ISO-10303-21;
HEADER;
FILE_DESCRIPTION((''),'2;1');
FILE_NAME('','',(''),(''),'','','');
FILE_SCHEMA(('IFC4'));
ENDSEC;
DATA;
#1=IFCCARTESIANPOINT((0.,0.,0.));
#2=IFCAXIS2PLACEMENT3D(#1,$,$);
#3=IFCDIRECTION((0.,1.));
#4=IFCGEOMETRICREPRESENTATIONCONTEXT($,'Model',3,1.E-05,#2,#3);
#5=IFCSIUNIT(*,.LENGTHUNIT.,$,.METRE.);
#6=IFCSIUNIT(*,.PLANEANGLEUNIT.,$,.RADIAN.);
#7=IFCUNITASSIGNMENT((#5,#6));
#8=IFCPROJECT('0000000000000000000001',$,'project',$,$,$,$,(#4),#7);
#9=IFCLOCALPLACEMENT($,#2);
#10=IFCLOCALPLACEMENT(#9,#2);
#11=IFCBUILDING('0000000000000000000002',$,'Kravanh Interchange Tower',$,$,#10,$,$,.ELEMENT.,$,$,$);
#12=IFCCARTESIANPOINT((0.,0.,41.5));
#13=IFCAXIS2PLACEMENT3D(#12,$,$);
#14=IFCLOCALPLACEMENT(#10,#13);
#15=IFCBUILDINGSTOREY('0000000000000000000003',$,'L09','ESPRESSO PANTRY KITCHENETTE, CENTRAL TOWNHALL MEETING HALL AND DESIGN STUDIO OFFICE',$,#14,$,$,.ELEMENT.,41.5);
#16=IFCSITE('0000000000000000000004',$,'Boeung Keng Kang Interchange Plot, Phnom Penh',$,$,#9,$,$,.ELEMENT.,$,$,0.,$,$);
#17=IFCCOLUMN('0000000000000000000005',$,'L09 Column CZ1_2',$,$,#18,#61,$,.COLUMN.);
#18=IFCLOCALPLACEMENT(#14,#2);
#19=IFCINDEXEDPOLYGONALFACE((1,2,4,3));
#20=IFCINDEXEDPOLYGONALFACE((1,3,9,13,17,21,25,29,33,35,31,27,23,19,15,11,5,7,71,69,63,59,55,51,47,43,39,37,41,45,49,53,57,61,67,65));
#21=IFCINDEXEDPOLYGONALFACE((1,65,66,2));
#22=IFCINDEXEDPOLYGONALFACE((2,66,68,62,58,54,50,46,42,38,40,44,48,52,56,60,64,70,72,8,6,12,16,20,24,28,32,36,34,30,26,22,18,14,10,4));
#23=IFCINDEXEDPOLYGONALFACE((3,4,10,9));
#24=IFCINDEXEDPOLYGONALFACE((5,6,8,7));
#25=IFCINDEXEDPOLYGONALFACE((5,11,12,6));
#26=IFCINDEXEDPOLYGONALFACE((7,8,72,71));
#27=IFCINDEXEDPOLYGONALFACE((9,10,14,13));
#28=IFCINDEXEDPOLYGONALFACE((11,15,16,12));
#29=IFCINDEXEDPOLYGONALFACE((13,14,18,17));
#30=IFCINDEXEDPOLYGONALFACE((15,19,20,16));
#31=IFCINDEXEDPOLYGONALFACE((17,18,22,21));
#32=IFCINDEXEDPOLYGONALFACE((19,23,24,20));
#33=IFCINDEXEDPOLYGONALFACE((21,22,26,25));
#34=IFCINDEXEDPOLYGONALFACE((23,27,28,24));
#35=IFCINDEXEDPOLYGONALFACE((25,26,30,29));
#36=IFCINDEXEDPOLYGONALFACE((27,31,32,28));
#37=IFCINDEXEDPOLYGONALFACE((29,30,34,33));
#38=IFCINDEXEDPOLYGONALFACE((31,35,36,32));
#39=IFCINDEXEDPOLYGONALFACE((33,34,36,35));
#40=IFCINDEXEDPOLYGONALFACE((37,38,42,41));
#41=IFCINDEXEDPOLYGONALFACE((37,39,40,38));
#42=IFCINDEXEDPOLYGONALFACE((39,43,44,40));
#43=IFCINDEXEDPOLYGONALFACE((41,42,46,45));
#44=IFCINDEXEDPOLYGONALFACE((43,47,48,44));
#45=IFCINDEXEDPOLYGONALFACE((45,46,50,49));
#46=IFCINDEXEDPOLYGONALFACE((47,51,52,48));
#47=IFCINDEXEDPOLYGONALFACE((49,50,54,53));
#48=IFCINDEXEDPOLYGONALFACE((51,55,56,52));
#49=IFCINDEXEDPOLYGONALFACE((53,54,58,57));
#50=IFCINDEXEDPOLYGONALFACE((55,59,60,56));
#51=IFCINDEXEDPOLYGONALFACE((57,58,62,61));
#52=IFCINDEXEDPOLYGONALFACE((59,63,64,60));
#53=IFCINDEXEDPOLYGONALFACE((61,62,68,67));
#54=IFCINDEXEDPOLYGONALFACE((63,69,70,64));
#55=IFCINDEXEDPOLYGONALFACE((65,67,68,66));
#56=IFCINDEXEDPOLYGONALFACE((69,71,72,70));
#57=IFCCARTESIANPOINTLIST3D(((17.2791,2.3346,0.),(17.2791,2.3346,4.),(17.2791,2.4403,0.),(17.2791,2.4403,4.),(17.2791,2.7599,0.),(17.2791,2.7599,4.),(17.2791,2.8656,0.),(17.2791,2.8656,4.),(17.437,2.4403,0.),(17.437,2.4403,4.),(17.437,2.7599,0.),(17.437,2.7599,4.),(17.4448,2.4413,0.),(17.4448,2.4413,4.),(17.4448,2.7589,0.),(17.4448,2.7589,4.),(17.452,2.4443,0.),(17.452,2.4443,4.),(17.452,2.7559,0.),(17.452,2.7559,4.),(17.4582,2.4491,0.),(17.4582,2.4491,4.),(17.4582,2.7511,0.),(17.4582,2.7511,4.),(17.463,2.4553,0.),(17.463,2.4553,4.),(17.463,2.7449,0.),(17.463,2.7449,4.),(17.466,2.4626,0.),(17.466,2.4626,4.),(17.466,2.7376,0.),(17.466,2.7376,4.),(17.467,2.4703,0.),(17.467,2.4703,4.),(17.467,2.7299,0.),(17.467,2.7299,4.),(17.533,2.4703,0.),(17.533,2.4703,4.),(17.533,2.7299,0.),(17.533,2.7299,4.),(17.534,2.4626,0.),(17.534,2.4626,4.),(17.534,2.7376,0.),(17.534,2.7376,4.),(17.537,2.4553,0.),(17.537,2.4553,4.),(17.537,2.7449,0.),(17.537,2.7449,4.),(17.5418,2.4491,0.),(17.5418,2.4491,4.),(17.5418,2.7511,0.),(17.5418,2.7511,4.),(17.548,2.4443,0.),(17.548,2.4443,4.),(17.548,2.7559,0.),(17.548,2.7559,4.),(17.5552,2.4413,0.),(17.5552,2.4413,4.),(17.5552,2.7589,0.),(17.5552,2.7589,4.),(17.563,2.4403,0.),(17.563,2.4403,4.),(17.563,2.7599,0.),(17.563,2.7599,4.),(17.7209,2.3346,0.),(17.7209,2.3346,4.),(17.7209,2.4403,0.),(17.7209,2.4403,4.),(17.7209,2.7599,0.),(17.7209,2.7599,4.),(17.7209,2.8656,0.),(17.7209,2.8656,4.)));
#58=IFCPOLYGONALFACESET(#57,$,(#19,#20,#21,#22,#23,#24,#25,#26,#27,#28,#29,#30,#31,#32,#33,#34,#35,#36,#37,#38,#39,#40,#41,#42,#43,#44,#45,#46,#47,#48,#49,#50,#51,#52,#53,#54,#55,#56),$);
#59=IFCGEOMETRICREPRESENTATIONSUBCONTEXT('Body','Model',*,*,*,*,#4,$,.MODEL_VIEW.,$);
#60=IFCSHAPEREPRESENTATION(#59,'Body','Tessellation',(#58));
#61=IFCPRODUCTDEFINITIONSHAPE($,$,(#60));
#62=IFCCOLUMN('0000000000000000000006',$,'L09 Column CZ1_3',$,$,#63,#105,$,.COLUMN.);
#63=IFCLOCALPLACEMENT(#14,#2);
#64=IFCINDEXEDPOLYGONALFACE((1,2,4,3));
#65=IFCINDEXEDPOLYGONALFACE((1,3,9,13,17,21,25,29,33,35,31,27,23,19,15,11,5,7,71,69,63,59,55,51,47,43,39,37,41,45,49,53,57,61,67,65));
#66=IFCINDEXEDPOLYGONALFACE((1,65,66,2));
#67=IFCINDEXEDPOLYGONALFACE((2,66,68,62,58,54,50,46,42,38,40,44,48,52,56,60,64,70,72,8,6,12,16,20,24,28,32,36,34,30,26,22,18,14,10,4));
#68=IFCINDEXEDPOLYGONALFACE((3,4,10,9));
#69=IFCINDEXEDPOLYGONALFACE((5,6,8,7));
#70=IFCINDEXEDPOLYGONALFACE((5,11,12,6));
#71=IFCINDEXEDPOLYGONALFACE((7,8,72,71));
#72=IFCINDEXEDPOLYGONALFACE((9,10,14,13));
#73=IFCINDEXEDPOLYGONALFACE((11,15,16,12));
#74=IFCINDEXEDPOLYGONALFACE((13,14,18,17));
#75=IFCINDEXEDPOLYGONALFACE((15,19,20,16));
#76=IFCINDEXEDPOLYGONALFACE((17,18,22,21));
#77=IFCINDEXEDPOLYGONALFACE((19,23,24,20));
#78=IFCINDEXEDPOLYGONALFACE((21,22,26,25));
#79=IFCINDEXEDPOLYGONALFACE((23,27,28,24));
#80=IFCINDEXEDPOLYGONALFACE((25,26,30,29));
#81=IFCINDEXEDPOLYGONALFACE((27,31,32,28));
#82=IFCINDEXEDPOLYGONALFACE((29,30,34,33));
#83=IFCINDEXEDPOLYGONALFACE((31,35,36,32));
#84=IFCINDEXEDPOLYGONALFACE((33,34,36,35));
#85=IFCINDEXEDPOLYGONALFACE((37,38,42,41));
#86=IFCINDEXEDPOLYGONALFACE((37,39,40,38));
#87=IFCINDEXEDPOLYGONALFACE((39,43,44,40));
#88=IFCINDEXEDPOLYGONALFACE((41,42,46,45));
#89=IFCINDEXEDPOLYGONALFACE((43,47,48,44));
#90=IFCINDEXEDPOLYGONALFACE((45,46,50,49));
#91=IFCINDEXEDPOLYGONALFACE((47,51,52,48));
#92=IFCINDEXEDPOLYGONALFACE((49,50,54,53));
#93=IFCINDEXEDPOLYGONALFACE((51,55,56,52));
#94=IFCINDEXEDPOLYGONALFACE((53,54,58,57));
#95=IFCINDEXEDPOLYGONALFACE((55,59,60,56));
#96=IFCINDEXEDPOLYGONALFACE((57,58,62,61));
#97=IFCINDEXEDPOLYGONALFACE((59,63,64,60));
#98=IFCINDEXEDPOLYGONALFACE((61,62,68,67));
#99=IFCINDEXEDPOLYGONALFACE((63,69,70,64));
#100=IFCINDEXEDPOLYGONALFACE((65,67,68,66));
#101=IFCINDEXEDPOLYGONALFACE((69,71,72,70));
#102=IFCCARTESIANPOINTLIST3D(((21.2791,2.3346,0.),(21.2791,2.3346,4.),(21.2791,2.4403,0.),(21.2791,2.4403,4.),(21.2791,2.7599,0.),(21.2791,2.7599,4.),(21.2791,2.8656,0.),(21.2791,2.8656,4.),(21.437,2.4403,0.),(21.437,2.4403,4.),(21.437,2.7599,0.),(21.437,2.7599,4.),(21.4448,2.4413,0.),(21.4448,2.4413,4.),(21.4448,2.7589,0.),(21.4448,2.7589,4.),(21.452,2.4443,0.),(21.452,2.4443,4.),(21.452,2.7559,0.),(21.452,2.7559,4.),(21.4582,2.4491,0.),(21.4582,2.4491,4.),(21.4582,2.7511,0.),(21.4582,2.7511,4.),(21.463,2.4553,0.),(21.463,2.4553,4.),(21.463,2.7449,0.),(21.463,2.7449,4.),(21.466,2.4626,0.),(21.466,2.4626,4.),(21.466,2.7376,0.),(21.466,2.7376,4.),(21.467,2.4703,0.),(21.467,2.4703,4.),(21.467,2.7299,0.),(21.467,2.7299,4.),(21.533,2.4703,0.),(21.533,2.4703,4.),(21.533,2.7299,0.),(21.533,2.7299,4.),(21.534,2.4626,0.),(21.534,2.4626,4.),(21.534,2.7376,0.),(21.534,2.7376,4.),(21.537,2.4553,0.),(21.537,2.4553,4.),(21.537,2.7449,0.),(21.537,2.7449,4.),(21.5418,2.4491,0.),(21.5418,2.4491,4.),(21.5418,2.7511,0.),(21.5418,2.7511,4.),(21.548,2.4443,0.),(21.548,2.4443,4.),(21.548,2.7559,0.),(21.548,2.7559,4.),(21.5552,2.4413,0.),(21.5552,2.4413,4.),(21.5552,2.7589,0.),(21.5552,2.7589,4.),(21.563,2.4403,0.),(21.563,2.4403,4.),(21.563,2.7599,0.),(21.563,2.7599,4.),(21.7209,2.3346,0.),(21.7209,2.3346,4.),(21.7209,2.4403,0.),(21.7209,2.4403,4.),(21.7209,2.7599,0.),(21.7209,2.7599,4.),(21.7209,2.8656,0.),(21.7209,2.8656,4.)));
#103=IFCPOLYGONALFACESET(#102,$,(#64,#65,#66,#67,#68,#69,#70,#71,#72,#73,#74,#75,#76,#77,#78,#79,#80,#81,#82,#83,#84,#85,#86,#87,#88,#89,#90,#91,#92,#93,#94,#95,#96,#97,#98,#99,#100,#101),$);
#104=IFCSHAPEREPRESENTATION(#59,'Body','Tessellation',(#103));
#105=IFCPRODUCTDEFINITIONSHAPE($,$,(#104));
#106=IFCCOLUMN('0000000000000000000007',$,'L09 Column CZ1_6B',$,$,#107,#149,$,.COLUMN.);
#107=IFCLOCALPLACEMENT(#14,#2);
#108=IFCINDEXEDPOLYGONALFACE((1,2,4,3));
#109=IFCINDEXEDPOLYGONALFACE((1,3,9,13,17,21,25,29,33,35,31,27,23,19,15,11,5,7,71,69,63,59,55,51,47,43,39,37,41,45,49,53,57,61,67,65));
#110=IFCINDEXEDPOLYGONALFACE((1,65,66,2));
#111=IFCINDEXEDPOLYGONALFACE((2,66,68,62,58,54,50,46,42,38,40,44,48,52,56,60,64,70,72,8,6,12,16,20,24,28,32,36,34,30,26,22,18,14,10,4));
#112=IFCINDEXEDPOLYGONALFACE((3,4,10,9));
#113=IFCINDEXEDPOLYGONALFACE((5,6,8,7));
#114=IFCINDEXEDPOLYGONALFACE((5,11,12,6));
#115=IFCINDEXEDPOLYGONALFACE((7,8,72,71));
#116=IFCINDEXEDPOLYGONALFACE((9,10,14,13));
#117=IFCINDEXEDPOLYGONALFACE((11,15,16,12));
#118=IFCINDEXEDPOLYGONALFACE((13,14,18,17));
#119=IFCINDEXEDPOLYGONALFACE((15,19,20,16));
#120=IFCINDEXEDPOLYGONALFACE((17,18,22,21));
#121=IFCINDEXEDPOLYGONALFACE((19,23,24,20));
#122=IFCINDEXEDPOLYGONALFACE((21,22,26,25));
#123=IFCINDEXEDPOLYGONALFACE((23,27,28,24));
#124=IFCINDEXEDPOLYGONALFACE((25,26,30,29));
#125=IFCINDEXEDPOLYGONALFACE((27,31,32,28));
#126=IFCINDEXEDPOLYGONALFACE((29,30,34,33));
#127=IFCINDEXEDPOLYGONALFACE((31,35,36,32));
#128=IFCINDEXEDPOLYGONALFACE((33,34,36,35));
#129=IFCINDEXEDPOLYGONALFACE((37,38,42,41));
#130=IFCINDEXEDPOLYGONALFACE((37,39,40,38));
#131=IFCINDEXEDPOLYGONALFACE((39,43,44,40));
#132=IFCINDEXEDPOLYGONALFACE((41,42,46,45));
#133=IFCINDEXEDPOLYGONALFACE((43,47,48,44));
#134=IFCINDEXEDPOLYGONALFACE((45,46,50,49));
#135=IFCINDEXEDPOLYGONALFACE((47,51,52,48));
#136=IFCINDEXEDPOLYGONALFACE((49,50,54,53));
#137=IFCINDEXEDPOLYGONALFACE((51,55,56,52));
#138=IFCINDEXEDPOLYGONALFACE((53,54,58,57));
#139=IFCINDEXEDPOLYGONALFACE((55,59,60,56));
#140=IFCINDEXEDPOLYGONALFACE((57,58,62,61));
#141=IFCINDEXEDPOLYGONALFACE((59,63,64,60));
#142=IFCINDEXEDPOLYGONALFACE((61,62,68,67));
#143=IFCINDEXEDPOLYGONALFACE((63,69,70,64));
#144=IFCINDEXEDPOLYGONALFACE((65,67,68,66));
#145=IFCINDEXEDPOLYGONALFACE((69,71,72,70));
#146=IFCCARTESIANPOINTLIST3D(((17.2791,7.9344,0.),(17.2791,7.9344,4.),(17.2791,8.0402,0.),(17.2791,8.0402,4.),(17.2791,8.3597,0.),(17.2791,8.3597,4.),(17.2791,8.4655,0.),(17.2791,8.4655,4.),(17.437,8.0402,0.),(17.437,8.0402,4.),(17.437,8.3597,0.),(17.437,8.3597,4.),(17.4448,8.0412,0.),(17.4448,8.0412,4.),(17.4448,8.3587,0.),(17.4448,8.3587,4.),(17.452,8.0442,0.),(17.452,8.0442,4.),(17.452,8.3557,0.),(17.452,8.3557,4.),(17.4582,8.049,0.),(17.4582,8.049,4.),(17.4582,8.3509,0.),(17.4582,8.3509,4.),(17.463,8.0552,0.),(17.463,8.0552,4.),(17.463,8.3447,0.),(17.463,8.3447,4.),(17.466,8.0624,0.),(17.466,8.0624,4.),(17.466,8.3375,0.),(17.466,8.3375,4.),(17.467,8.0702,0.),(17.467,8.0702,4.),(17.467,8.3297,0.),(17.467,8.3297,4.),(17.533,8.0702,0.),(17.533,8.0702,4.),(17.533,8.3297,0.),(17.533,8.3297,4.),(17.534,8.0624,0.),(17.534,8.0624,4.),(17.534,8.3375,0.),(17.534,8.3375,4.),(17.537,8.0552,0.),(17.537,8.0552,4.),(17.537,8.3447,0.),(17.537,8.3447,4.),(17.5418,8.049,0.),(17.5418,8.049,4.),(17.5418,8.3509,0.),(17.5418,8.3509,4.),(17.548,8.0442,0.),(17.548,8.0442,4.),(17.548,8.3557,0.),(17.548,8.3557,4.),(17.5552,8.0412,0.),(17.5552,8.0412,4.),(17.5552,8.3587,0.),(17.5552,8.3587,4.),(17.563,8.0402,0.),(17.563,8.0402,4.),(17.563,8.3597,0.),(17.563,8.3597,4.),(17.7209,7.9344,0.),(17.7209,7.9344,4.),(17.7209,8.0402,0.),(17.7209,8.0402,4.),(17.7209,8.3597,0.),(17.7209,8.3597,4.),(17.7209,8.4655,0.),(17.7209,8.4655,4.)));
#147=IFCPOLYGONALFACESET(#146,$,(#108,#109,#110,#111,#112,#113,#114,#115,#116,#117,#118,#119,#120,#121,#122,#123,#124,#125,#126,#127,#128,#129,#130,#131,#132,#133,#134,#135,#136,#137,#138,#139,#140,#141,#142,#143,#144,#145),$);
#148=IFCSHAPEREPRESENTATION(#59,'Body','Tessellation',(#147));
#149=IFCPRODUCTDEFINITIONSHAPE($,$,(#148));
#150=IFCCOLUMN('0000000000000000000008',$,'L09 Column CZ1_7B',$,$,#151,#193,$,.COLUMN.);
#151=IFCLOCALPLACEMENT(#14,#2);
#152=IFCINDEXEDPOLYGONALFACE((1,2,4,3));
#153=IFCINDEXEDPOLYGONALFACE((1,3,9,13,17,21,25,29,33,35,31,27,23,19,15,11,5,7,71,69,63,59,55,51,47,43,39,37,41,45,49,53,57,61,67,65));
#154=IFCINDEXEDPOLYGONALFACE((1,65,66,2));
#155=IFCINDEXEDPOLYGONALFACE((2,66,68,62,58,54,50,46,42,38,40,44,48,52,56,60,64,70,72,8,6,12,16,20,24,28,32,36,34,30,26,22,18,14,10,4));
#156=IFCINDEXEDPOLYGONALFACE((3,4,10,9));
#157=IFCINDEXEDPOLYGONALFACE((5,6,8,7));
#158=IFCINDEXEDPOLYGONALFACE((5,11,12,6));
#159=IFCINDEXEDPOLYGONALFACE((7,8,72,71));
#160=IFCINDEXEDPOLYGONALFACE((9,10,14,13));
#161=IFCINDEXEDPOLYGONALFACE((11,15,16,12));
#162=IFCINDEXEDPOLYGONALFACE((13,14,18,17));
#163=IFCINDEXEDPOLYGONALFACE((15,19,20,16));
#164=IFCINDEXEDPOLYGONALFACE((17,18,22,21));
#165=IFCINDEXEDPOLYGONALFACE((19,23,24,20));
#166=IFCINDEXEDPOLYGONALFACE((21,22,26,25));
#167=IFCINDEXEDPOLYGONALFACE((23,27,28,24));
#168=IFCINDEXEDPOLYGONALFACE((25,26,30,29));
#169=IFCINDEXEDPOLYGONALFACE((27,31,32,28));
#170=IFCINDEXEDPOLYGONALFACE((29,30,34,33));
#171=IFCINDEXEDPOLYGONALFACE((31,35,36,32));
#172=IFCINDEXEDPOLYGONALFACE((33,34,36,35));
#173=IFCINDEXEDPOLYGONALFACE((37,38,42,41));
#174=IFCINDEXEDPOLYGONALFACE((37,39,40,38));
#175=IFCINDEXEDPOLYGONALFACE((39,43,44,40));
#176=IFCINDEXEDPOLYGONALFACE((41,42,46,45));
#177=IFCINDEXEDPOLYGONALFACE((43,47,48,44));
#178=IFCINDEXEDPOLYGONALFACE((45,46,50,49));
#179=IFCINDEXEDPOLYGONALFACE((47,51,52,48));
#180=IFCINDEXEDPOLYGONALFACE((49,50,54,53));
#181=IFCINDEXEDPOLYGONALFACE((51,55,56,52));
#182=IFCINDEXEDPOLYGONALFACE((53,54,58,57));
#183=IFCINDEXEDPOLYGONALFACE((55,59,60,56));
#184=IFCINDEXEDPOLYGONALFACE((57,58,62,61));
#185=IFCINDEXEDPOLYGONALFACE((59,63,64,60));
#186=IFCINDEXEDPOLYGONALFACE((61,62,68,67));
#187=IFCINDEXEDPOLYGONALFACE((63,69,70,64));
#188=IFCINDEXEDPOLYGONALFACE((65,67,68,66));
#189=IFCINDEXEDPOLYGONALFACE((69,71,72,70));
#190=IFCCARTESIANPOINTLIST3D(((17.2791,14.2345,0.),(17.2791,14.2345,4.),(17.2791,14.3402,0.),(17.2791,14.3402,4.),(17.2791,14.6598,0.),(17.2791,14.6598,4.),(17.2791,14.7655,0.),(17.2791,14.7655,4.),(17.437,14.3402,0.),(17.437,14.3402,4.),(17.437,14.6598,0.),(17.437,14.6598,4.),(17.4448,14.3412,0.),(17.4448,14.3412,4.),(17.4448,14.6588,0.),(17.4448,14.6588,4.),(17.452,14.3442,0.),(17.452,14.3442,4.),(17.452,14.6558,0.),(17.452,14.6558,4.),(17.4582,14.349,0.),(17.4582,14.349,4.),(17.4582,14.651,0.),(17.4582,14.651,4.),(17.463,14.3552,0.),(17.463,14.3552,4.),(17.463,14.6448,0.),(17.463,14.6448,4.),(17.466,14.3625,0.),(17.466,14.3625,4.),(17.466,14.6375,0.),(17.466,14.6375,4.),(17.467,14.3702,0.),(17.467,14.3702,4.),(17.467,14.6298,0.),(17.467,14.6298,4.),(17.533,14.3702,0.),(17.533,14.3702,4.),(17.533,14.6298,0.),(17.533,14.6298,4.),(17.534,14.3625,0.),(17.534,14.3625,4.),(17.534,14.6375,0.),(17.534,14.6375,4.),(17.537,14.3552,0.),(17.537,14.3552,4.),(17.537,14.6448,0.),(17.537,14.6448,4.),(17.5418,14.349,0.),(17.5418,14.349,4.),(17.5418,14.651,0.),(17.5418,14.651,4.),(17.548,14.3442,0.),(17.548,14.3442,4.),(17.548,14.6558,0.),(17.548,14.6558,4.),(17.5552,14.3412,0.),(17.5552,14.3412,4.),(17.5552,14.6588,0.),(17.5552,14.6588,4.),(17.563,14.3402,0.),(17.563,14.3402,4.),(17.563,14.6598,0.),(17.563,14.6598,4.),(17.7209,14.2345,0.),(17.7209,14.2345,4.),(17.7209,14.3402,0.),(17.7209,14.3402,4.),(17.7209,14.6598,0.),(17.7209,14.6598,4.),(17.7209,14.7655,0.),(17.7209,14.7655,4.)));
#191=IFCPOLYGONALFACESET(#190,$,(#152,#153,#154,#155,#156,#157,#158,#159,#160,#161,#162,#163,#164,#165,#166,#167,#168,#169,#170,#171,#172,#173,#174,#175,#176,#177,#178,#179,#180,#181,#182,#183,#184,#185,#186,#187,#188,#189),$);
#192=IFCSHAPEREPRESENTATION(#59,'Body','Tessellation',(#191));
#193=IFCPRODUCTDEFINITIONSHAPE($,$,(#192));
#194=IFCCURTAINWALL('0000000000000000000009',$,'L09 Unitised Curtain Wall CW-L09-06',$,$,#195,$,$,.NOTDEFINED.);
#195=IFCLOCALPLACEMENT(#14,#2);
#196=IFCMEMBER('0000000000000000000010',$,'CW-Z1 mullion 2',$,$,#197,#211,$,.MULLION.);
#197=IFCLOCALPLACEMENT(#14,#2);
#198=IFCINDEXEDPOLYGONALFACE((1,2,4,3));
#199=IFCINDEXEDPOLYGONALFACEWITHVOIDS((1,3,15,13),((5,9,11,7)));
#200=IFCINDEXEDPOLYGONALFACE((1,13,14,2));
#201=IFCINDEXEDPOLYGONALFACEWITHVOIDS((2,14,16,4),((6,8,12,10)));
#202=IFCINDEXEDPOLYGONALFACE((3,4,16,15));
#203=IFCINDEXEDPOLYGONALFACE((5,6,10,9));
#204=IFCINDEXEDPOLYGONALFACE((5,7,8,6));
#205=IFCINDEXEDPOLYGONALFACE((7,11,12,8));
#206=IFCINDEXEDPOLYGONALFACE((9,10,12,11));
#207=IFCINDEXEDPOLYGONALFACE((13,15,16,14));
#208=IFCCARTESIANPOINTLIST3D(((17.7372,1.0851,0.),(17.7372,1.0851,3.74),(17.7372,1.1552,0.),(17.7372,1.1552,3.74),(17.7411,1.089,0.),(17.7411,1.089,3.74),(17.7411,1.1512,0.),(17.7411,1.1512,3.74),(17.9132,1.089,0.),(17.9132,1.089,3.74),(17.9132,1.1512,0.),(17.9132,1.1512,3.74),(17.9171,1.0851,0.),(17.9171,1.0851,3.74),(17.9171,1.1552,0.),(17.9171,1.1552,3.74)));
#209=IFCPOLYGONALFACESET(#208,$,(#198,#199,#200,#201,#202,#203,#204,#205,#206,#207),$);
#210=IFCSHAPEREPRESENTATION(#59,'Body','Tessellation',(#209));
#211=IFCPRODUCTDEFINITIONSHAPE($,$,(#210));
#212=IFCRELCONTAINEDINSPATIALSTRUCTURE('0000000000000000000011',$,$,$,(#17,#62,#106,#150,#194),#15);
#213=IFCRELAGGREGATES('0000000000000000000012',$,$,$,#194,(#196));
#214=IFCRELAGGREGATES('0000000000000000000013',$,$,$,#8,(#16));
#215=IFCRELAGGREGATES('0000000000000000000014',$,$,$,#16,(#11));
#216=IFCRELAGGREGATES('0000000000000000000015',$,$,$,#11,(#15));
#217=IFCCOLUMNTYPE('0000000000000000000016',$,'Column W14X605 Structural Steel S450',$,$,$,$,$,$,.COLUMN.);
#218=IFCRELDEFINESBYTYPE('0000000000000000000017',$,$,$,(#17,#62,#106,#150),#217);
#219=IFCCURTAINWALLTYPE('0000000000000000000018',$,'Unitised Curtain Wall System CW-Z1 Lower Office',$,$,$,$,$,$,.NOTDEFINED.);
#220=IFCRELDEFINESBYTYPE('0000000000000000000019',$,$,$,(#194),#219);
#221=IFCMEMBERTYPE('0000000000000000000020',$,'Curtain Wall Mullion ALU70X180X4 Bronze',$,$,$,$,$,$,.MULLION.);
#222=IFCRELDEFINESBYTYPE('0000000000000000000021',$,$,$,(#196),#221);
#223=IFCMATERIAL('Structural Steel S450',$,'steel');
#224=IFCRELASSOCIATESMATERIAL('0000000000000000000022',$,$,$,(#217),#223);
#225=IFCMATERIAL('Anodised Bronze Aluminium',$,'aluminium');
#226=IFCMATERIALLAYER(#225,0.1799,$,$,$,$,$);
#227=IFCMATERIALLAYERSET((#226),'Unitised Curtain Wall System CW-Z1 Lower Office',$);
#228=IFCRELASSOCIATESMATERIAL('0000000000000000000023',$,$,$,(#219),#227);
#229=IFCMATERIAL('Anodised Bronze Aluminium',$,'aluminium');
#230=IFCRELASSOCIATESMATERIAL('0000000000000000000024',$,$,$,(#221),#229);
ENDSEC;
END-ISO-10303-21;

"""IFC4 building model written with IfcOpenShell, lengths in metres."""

from ifc_helpers import new_model, si_unit, direction, frame, origin, origin_2d, place, context, subcontext, project, spatial, hollow_rectangle, i_section, extrude, material, layer, layer_set, material_profile, profile_set, type_object, element, aggregate, save


model = new_model("IFC4")

# Units and contexts
model_context = context("Model", 3, precision=1e-05, world=origin(), true_north=direction((0.0, 1.0)))
body_context = subcontext(model_context, "Body", "Model", "MODEL_VIEW")
ifc_project = project(units=[si_unit("LENGTHUNIT", "METRE"), si_unit("PLANEANGLEUNIT", "RADIAN")], contexts=[model_context])

# Site, building, storey
site_placement = place(None, origin())
site = spatial("IfcSite", under=ifc_project, at=site_placement, Name="Boeung Keng Kang Interchange Plot, Phnom Penh", CompositionType="ELEMENT", RefElevation=0.0)
building_placement = place(site_placement, origin())
building = spatial("IfcBuilding", under=site, at=building_placement, Name="Kravanh Interchange Tower", CompositionType="ELEMENT")
storey_placement = place(building_placement, frame((0.0, 0.0, 41.5)))
storey = spatial("IfcBuildingStorey", under=building, at=storey_placement, Name="L09", Description="ESPRESSO PANTRY KITCHENETTE, CENTRAL TOWNHALL MEETING HALL AND DESIGN STUDIO OFFICE", CompositionType="ELEMENT", Elevation=41.5)

# Columns
ifc_material_1 = material(Name="Structural Steel S450", Category="steel")
ifc_material_profile_1 = material_profile(ifc_material_1, i_section(OverallWidth=0.4419, OverallDepth=0.531, WebThickness=0.0659, FlangeThickness=0.1057, FilletRadius=0.03, at=origin_2d()), Name="W14X605")
ifc_profile_set_1 = profile_set([ifc_material_profile_1], Name="Structural Steel S450")
column_type = type_object("IfcColumnType", Name="Column W14X605 Structural Steel S450", PredefinedType="COLUMN", material=ifc_profile_set_1)
for number, where, z_axis, x_axis, name in (
    (1, (17.5, 2.6001, 0.0), (0.0, 0.0, 1.0), (1.0, 0.0, 0.0), "L09 Column CZ1_2"),
    (2, (21.5, 2.6001, 0.0), (0.0, 0.0, 1.0), (1.0, 0.0, 0.0), "L09 Column CZ1_3"),
    (3, (17.5, 8.2, 0.0), (0.0, 0.0, 1.0), (1.0, 0.0, 0.0), "L09 Column CZ1_6B"),
    (4, (17.5, 14.5, 0.0), (0.0, 0.0, 1.0), (1.0, 0.0, 0.0), "L09 Column CZ1_7B"),
):
    element("IfcColumn", number, at=place(storey_placement, frame(where, z_axis=z_axis, x_axis=x_axis)), inside=storey, type_object=column_type, Name=name, PredefinedType="COLUMN", context=body_context, shape_type="SweptSolid", body=[
        extrude(i_section(OverallWidth=0.4419, OverallDepth=0.531, WebThickness=0.0659, FlangeThickness=0.1057, FilletRadius=0.03, at=origin_2d()), origin(), (0.0, 0.0, 1.0), 4.0),
    ])

# Curtain wall, member
ifc_material_2 = material(Name="Anodised Bronze Aluminium", Category="aluminium")
ifc_layer_1 = layer(ifc_material_2, 0.1799)
ifc_layer_set_1 = layer_set([ifc_layer_1], Name="Unitised Curtain Wall System CW-Z1 Lower Office")
curtain_wall_type = type_object("IfcCurtainWallType", Name="Unitised Curtain Wall System CW-Z1 Lower Office", PredefinedType="NOTDEFINED", material=ifc_layer_set_1)
curtain_wall_placement = place(storey_placement, origin())
curtain_wall = element("IfcCurtainWall", 5, at=curtain_wall_placement, inside=storey, type_object=curtain_wall_type, Name="L09 Unitised Curtain Wall CW-L09-06", PredefinedType="NOTDEFINED")
ifc_material_3 = material(Name="Anodised Bronze Aluminium", Category="aluminium")
ifc_material_profile_2 = material_profile(ifc_material_3, hollow_rectangle(XDim=0.0701, YDim=0.1799, WallThickness=0.0039, at=origin_2d()), Name="ALU70X180X4")
ifc_profile_set_2 = profile_set([ifc_material_profile_2], Name="Anodised Bronze Aluminium")
member_type_1 = type_object("IfcMemberType", Name="Curtain Wall Mullion ALU70X180X4 Bronze", PredefinedType="MULLION", material=ifc_profile_set_2)
member_1_placement = place(storey_placement, frame((17.8271, 1.1201, 0.0), z_axis=(0.0, 0.0, 1.0), x_axis=(0.0, -1.0, 0.0)))
member_1 = element("IfcMember", 6, at=member_1_placement, type_object=member_type_1, Name="CW-Z1 mullion 2", PredefinedType="MULLION", context=body_context, shape_type="SweptSolid", body=[
    extrude(hollow_rectangle(XDim=0.0701, YDim=0.1799, WallThickness=0.0039, at=origin_2d()), origin(), (0.0, 0.0, 1.0), 3.74),
])

aggregate(curtain_wall, [member_1])

save(model, "model.ifc")
